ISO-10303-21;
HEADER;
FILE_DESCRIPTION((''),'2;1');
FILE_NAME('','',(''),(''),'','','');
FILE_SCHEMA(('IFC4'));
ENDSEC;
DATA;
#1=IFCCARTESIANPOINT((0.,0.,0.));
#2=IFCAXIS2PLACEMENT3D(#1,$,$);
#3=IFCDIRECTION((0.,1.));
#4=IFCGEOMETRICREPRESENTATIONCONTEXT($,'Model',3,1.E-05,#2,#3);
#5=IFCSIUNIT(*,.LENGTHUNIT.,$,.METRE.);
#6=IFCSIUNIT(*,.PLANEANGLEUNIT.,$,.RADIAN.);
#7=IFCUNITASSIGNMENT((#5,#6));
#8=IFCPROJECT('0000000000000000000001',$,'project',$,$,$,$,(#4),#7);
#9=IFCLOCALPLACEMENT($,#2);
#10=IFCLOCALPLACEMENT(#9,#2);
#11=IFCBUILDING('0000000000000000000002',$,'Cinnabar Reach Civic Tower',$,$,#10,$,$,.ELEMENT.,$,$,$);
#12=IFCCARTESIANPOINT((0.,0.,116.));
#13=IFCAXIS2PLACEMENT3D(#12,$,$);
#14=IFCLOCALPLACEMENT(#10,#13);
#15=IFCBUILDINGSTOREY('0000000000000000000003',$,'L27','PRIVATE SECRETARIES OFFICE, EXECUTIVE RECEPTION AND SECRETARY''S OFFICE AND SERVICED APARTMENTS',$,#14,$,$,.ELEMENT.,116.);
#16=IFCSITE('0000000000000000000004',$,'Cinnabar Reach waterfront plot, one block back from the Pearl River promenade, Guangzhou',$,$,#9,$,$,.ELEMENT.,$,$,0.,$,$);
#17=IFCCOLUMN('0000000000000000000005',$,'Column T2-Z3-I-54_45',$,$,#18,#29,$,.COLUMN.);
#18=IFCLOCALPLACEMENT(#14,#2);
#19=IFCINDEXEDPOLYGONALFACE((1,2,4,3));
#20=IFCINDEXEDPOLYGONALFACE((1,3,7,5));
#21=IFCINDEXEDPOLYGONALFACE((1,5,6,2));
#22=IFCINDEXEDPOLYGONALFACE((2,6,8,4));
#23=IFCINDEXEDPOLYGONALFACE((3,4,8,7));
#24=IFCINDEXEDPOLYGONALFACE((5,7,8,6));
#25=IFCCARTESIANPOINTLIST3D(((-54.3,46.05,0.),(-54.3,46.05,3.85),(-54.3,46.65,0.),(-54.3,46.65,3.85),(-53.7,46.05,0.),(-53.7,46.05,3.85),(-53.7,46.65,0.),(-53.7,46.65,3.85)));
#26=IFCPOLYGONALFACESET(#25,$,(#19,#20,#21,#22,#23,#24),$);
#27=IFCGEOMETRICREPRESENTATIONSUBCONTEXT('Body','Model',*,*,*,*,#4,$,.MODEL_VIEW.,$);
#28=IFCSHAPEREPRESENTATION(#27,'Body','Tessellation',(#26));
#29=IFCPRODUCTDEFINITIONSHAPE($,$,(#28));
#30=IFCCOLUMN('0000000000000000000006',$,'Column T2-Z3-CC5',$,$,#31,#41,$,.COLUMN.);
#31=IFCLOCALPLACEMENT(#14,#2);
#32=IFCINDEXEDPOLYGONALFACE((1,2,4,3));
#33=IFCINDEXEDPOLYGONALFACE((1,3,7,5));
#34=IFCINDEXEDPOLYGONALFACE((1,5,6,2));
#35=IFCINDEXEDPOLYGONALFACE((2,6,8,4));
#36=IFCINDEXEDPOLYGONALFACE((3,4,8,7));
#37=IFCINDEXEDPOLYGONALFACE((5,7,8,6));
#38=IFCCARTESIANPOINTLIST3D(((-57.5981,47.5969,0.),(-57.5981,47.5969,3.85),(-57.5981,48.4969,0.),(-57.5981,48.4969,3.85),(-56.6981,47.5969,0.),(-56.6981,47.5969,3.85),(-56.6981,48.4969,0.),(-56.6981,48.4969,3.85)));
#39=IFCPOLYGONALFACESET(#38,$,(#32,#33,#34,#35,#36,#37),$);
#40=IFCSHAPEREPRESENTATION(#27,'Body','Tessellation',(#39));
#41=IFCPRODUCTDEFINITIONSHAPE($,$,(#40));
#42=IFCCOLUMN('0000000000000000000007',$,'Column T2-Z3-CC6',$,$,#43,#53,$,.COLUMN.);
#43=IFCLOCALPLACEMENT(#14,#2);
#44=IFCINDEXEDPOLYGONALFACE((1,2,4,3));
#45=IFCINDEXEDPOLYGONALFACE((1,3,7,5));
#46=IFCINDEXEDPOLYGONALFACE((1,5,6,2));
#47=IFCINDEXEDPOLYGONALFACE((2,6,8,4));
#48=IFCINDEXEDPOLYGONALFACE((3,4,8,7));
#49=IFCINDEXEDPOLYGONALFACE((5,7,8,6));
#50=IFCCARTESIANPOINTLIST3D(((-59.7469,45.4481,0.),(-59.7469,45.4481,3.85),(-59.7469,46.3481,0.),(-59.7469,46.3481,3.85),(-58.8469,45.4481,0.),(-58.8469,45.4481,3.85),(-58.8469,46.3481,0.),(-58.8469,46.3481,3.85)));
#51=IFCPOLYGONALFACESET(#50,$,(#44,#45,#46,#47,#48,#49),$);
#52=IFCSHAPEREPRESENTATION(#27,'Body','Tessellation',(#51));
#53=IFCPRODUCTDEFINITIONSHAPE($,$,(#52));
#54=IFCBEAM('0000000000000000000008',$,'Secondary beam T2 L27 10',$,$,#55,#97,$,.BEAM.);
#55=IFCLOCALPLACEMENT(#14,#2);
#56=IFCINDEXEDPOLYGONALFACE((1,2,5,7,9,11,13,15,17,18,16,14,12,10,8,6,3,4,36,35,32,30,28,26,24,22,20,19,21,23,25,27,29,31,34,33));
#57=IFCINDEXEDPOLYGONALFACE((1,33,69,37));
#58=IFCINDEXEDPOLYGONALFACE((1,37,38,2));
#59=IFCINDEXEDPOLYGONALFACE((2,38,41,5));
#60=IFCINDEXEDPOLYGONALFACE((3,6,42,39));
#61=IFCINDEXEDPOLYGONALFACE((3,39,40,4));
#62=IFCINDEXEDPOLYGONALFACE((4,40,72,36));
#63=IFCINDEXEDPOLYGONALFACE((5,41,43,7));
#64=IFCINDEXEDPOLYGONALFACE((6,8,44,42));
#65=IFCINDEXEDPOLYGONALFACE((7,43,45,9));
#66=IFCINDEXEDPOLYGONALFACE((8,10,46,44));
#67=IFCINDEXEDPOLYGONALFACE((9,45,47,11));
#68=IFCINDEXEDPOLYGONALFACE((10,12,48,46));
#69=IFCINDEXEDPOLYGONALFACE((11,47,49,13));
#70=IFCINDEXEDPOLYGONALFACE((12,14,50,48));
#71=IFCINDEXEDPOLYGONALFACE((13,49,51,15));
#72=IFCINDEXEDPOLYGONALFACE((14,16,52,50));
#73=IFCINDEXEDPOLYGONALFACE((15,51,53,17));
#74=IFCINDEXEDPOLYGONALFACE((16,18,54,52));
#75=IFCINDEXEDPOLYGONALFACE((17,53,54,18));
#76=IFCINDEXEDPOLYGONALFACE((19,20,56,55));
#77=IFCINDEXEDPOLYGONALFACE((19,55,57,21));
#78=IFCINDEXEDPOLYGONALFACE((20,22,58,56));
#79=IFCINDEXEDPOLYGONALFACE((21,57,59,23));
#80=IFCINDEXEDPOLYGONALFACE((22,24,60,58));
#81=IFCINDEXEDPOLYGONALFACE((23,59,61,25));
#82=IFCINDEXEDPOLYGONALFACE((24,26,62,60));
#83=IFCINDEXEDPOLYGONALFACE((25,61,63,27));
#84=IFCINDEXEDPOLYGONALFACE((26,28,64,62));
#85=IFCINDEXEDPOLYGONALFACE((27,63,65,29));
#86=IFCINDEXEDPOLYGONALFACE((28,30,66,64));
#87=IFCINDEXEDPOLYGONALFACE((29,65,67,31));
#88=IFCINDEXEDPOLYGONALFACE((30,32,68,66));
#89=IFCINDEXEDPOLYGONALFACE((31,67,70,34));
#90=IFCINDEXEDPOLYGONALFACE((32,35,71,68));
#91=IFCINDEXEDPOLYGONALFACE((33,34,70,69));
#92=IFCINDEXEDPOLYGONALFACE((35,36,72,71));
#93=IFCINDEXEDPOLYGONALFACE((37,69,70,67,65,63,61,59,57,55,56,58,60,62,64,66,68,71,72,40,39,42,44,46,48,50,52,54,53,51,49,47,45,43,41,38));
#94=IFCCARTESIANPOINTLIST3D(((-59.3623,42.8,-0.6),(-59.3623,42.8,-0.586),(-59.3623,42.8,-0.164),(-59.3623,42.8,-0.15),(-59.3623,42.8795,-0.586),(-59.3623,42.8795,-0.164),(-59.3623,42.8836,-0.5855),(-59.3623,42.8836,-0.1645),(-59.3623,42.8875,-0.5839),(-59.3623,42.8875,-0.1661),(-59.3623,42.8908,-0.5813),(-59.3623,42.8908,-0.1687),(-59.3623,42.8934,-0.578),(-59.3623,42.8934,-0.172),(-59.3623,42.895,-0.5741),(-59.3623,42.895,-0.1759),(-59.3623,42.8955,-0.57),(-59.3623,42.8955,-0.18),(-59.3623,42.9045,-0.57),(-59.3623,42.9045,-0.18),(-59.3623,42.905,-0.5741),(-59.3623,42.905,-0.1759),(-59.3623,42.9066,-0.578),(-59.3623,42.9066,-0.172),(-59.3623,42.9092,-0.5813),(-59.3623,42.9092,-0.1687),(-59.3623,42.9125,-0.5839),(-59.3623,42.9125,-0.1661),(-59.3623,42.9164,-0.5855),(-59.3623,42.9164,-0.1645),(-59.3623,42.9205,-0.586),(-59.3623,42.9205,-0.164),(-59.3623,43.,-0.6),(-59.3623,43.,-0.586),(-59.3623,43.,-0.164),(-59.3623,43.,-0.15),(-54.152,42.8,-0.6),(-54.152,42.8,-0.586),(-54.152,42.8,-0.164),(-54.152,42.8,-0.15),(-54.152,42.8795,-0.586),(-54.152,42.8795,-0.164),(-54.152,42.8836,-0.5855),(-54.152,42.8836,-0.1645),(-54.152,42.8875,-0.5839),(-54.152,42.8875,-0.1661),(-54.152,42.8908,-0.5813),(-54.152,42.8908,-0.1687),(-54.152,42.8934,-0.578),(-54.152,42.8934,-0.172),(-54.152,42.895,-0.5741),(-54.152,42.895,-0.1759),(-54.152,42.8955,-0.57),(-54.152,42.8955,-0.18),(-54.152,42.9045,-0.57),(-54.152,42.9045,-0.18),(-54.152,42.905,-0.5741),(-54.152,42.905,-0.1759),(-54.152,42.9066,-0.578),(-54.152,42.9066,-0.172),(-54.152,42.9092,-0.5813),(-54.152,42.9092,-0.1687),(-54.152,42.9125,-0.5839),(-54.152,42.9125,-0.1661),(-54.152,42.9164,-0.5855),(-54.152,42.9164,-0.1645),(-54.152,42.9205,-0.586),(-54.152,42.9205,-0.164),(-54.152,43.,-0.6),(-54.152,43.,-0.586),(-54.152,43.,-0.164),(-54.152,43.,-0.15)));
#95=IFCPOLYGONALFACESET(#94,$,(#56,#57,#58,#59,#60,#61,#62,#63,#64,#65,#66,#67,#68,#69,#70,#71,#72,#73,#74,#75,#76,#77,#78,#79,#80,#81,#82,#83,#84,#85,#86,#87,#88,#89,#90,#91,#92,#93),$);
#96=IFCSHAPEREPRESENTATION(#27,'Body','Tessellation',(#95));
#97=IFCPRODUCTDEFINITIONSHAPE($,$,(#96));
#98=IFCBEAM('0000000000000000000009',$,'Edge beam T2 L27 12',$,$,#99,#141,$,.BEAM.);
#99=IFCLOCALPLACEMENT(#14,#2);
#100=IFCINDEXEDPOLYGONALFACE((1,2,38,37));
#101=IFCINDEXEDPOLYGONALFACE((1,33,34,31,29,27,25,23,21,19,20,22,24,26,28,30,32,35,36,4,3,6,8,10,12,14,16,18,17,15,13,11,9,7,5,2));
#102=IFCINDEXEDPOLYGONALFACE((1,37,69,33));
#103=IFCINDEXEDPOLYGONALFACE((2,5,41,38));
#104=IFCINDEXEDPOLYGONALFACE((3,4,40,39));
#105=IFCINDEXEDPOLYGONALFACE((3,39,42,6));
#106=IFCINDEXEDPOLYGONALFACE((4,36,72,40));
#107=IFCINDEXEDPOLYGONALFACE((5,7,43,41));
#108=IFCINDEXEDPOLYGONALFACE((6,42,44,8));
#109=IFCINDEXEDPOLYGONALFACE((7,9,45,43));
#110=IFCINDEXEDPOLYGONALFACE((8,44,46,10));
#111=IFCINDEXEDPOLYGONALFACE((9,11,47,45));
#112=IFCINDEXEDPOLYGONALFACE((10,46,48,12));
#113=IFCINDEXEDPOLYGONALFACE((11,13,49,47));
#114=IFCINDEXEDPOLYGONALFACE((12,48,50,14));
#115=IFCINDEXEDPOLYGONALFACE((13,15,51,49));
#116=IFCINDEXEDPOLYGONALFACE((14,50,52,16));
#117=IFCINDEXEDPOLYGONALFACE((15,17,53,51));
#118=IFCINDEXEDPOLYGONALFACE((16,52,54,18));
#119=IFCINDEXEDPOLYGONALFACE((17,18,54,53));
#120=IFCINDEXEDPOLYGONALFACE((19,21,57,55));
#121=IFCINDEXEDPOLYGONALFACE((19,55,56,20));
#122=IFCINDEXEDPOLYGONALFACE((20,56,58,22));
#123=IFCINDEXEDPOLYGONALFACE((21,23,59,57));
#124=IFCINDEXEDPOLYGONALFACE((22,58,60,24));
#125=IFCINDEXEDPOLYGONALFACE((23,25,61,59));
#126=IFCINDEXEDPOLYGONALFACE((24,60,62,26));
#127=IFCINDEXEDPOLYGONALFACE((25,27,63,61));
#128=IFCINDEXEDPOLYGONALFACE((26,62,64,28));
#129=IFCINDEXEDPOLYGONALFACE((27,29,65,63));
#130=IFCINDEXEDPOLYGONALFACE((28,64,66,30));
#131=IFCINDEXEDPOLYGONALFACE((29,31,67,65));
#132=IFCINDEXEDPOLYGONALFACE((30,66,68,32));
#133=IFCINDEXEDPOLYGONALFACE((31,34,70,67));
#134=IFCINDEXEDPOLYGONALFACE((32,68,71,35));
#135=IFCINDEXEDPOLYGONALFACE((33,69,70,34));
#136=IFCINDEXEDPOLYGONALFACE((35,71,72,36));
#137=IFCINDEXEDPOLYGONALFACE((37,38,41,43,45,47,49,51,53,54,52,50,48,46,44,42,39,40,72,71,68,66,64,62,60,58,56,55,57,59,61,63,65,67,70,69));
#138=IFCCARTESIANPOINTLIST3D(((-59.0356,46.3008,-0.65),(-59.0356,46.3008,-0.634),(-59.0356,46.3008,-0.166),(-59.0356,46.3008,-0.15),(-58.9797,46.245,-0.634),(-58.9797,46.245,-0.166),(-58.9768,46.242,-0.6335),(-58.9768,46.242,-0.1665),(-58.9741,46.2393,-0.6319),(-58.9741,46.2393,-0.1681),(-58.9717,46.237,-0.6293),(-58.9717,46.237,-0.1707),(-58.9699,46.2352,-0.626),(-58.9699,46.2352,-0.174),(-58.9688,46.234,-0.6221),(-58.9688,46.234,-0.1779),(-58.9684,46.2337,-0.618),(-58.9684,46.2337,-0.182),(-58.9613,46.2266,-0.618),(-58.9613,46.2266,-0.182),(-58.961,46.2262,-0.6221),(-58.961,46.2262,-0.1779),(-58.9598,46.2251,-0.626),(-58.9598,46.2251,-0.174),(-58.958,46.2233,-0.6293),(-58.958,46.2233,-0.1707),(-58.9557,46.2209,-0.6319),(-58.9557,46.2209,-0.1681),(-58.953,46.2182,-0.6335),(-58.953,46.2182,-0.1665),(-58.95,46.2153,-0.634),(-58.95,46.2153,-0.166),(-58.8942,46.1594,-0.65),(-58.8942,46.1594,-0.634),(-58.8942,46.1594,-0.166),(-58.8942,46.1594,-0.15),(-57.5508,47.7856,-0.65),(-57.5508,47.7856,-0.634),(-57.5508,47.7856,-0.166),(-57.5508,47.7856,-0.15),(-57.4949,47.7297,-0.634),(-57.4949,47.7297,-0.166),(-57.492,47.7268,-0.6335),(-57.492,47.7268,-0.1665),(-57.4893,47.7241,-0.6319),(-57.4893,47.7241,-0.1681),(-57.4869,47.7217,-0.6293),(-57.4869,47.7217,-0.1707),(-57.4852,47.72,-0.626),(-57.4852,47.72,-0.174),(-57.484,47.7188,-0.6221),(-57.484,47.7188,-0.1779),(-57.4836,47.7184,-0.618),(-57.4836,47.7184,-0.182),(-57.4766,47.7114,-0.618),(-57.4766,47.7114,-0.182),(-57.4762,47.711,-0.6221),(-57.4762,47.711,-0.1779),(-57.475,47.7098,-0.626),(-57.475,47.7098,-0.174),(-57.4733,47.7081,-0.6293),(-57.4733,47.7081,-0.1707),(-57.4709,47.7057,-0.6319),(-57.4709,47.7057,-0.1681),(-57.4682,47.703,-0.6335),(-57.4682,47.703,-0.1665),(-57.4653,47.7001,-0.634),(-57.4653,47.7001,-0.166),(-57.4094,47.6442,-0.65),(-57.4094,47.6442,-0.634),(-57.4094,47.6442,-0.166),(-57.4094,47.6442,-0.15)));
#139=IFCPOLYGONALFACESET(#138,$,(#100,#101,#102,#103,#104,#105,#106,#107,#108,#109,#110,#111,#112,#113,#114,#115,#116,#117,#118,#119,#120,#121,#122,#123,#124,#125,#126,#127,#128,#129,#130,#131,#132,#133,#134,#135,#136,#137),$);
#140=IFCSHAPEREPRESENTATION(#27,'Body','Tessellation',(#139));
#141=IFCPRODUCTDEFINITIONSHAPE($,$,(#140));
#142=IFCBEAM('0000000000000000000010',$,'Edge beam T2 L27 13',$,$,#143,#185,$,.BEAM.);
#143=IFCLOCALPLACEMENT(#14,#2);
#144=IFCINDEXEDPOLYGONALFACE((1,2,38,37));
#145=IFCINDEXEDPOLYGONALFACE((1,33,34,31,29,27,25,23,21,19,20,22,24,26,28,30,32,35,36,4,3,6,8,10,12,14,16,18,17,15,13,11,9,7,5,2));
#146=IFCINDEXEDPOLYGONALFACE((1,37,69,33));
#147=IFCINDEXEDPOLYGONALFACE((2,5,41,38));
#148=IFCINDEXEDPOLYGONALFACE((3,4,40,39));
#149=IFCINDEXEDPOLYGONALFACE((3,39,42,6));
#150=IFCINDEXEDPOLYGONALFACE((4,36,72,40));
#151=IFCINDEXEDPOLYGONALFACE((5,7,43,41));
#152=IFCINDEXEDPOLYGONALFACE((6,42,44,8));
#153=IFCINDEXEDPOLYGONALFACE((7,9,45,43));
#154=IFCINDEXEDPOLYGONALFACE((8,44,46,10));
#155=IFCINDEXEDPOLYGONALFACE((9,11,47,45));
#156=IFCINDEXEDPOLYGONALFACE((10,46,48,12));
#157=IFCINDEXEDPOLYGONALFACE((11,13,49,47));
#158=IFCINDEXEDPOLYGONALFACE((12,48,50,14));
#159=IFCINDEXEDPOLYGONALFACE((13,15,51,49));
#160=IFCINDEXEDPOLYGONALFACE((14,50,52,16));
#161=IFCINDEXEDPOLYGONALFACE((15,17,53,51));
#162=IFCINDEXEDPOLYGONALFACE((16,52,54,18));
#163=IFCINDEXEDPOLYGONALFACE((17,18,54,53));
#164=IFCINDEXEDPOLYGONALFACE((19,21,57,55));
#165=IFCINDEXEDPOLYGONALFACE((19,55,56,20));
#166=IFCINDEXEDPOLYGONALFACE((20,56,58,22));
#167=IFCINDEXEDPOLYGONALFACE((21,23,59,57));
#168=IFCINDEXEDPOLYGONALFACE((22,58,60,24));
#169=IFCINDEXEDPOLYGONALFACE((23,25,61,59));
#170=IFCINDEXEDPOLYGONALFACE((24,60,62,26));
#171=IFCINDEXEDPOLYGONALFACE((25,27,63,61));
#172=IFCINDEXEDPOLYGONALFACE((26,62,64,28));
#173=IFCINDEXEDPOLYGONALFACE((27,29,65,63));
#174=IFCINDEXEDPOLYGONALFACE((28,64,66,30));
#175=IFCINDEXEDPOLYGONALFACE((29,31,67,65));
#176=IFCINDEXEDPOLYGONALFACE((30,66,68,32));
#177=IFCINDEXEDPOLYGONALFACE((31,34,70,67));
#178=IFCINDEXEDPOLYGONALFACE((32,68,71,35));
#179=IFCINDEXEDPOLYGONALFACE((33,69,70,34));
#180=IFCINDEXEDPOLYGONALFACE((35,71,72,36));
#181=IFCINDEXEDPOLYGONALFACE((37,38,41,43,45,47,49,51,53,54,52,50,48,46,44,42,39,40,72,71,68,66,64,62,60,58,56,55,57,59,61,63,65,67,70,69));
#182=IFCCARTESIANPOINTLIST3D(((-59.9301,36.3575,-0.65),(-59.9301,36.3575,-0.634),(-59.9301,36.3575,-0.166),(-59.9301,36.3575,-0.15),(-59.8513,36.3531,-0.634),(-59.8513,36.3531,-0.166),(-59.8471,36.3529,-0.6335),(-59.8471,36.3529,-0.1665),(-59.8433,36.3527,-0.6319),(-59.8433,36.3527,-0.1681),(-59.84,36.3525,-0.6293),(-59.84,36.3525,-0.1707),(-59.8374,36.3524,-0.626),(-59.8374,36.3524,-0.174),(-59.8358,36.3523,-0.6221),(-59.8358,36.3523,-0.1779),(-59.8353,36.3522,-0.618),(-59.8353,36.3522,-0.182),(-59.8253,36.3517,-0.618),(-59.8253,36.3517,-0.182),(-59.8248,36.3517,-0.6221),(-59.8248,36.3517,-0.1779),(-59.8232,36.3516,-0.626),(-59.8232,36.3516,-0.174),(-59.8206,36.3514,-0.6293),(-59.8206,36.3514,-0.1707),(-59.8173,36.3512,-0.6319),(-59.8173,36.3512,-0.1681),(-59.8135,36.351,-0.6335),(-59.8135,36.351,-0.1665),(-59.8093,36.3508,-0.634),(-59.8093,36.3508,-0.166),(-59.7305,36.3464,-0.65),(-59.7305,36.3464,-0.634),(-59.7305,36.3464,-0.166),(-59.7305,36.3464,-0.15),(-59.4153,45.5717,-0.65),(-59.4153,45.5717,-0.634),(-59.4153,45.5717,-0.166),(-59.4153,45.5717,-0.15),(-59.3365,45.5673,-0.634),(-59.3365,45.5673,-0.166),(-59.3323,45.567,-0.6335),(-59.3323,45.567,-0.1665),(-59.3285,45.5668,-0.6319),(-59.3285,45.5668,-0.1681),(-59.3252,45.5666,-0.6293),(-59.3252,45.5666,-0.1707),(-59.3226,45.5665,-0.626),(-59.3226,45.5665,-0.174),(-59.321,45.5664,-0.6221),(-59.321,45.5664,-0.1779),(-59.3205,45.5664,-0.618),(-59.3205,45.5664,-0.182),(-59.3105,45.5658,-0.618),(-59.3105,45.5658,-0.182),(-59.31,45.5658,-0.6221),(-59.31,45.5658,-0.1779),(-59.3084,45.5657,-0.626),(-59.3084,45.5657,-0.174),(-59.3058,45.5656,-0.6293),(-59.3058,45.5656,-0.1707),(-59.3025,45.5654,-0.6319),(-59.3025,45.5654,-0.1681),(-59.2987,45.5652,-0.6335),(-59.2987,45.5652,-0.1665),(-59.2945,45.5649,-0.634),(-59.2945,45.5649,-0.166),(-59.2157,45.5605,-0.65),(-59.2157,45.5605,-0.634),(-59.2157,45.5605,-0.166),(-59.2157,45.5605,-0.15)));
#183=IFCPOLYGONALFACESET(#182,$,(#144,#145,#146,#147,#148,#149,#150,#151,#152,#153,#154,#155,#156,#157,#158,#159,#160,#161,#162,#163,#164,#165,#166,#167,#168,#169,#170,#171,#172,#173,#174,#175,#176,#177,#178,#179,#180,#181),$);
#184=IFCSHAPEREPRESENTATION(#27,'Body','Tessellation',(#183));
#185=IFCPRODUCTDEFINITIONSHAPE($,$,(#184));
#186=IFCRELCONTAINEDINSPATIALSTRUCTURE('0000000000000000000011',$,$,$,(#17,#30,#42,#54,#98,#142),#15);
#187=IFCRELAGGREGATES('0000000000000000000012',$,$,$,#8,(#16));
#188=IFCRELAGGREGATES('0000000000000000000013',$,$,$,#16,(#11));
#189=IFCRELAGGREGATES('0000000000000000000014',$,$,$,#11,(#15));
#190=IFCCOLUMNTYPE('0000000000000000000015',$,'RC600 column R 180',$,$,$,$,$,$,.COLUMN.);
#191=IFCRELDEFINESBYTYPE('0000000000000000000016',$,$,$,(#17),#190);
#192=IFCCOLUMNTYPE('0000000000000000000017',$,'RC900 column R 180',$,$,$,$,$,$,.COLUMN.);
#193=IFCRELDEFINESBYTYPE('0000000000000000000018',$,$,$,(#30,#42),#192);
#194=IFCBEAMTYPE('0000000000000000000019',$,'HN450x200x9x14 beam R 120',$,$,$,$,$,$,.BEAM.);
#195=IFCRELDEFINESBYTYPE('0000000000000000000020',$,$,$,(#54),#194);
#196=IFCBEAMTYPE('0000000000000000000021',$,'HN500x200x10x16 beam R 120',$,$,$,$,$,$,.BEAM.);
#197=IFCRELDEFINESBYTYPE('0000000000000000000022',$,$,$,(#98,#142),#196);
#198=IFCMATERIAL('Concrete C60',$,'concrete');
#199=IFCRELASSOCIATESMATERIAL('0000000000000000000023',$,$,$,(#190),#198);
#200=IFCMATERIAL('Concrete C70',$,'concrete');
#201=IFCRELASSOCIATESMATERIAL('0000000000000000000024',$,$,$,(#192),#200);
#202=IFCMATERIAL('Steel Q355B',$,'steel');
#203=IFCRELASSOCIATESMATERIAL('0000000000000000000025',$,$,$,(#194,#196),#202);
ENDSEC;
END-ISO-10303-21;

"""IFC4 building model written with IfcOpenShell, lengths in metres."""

from ifc_helpers import new_model, si_unit, direction, frame, origin, origin_2d, place, context, subcontext, project, spatial, rectangle, i_section, extrude, material, material_profile, profile_set, type_object, element, save


model = new_model("IFC4")

# Units and contexts
model_context = context("Model", 3, precision=1e-05, world=origin(), true_north=direction((0.0, 1.0)))
body_context = subcontext(model_context, "Body", "Model", "MODEL_VIEW")
ifc_project = project(units=[si_unit("LENGTHUNIT", "METRE"), si_unit("PLANEANGLEUNIT", "RADIAN")], contexts=[model_context])

# Site, building, storey
site_placement = place(None, origin())
site = spatial("IfcSite", under=ifc_project, at=site_placement, Name="Cinnabar Reach waterfront plot, one block back from the Pearl River promenade, Guangzhou", CompositionType="ELEMENT", RefElevation=0.0)
building_placement = place(site_placement, origin())
building = spatial("IfcBuilding", under=site, at=building_placement, Name="Cinnabar Reach Civic Tower", CompositionType="ELEMENT")
storey_placement = place(building_placement, frame((0.0, 0.0, 116.0)))
storey = spatial("IfcBuildingStorey", under=building, at=storey_placement, Name="L27", Description="PRIVATE SECRETARIES OFFICE, EXECUTIVE RECEPTION AND SECRETARY'S OFFICE AND SERVICED APARTMENTS", CompositionType="ELEMENT", Elevation=116.0)

# Columns
ifc_material_1 = material(Name="Concrete C60", Category="concrete")
ifc_material_profile_1 = material_profile(ifc_material_1, rectangle(XDim=0.6, YDim=0.6, at=origin_2d()), Name="RC600")
ifc_profile_set_1 = profile_set([ifc_material_profile_1], Name="Concrete C60")
column_type_1 = type_object("IfcColumnType", Name="RC600 column R 180", PredefinedType="COLUMN", material=ifc_profile_set_1)
column_placement = place(storey_placement, frame((-54.0, 46.35, 0.0), z_axis=(0.0, 0.0, 1.0), x_axis=(1.0, 0.0, 0.0)))
element("IfcColumn", 1, at=column_placement, inside=storey, type_object=column_type_1, Name="Column T2-Z3-I-54_45", PredefinedType="COLUMN", context=body_context, shape_type="SweptSolid", body=[
    extrude(rectangle(XDim=0.6, YDim=0.6, at=origin_2d()), origin(), (0.0, 0.0, 1.0), 3.85),
])
ifc_material_2 = material(Name="Concrete C70", Category="concrete")
ifc_material_profile_2 = material_profile(ifc_material_2, rectangle(XDim=0.9, YDim=0.9, at=origin_2d()), Name="RC900")
ifc_profile_set_2 = profile_set([ifc_material_profile_2], Name="Concrete C70")
column_type_2 = type_object("IfcColumnType", Name="RC900 column R 180", PredefinedType="COLUMN", material=ifc_profile_set_2)
for number, where, z_axis, x_axis, name in (
    (2, (-57.1481, 48.0469, 0.0), (0.0, 0.0, 1.0), (1.0, 0.0, 0.0), "Column T2-Z3-CC5"),
    (3, (-59.2969, 45.8981, 0.0), (0.0, 0.0, 1.0), (1.0, 0.0, 0.0), "Column T2-Z3-CC6"),
):
    element("IfcColumn", number, at=place(storey_placement, frame(where, z_axis=z_axis, x_axis=x_axis)), inside=storey, type_object=column_type_2, Name=name, PredefinedType="COLUMN", context=body_context, shape_type="SweptSolid", body=[
        extrude(rectangle(XDim=0.9, YDim=0.9, at=origin_2d()), origin(), (0.0, 0.0, 1.0), 3.85),
    ])

# Beams
ifc_material_3 = material(Name="Steel Q355B", Category="steel")
ifc_material_profile_3 = material_profile(ifc_material_3, i_section(OverallWidth=0.2, OverallDepth=0.45, WebThickness=0.009, FlangeThickness=0.014, FilletRadius=0.016, at=origin_2d()), Name="HN450x200x9x14")
ifc_profile_set_3 = profile_set([ifc_material_profile_3], Name="Steel Q355B")
beam_type_1 = type_object("IfcBeamType", Name="HN450x200x9x14 beam R 120", PredefinedType="BEAM", material=ifc_profile_set_3)
beam_1_placement = place(storey_placement, frame((-59.3623, 42.9, -0.375), z_axis=(1.0, 0.0, 0.0), x_axis=(0.0, 1.0, 0.0)))
element("IfcBeam", 4, at=beam_1_placement, inside=storey, type_object=beam_type_1, Name="Secondary beam T2 L27 10", PredefinedType="BEAM", context=body_context, shape_type="SweptSolid", body=[
    extrude(i_section(OverallWidth=0.2, OverallDepth=0.45, WebThickness=0.009, FlangeThickness=0.014, FilletRadius=0.016, at=origin_2d()), origin(), (0.0, 0.0, 1.0), 5.2103),
])
ifc_material_profile_4 = material_profile(ifc_material_3, i_section(OverallWidth=0.2, OverallDepth=0.5, WebThickness=0.01, FlangeThickness=0.016, FilletRadius=0.016, at=origin_2d()), Name="HN500x200x10x16")
ifc_profile_set_4 = profile_set([ifc_material_profile_4], Name="Steel Q355B")
beam_type_2 = type_object("IfcBeamType", Name="HN500x200x10x16 beam R 120", PredefinedType="BEAM", material=ifc_profile_set_4)
beam_2_placement = place(storey_placement, frame((-57.4801, 47.7149, -0.4), z_axis=(-0.707107, -0.707107, 0.0), x_axis=(0.707107, -0.707107, 0.0)))
element("IfcBeam", 5, at=beam_2_placement, inside=storey, type_object=beam_type_2, Name="Edge beam T2 L27 12", PredefinedType="BEAM", context=body_context, shape_type="SweptSolid", body=[
    extrude(i_section(OverallWidth=0.2, OverallDepth=0.5, WebThickness=0.01, FlangeThickness=0.016, FilletRadius=0.016, at=origin_2d()), origin(), (0.0, 0.0, 1.0), 2.0998),
])
beam_3_placement = place(storey_placement, frame((-59.3155, 45.5661, -0.4), z_axis=(-0.055784, -0.998443, 0.0), x_axis=(0.998443, -0.055784, 0.0)))
element("IfcBeam", 6, at=beam_3_placement, inside=storey, type_object=beam_type_2, Name="Edge beam T2 L27 13", PredefinedType="BEAM", context=body_context, shape_type="SweptSolid", body=[
    extrude(i_section(OverallWidth=0.2, OverallDepth=0.5, WebThickness=0.01, FlangeThickness=0.016, FilletRadius=0.016, at=origin_2d()), origin(), (0.0, 0.0, 1.0), 9.2285),
])

save(model, "model.ifc")
